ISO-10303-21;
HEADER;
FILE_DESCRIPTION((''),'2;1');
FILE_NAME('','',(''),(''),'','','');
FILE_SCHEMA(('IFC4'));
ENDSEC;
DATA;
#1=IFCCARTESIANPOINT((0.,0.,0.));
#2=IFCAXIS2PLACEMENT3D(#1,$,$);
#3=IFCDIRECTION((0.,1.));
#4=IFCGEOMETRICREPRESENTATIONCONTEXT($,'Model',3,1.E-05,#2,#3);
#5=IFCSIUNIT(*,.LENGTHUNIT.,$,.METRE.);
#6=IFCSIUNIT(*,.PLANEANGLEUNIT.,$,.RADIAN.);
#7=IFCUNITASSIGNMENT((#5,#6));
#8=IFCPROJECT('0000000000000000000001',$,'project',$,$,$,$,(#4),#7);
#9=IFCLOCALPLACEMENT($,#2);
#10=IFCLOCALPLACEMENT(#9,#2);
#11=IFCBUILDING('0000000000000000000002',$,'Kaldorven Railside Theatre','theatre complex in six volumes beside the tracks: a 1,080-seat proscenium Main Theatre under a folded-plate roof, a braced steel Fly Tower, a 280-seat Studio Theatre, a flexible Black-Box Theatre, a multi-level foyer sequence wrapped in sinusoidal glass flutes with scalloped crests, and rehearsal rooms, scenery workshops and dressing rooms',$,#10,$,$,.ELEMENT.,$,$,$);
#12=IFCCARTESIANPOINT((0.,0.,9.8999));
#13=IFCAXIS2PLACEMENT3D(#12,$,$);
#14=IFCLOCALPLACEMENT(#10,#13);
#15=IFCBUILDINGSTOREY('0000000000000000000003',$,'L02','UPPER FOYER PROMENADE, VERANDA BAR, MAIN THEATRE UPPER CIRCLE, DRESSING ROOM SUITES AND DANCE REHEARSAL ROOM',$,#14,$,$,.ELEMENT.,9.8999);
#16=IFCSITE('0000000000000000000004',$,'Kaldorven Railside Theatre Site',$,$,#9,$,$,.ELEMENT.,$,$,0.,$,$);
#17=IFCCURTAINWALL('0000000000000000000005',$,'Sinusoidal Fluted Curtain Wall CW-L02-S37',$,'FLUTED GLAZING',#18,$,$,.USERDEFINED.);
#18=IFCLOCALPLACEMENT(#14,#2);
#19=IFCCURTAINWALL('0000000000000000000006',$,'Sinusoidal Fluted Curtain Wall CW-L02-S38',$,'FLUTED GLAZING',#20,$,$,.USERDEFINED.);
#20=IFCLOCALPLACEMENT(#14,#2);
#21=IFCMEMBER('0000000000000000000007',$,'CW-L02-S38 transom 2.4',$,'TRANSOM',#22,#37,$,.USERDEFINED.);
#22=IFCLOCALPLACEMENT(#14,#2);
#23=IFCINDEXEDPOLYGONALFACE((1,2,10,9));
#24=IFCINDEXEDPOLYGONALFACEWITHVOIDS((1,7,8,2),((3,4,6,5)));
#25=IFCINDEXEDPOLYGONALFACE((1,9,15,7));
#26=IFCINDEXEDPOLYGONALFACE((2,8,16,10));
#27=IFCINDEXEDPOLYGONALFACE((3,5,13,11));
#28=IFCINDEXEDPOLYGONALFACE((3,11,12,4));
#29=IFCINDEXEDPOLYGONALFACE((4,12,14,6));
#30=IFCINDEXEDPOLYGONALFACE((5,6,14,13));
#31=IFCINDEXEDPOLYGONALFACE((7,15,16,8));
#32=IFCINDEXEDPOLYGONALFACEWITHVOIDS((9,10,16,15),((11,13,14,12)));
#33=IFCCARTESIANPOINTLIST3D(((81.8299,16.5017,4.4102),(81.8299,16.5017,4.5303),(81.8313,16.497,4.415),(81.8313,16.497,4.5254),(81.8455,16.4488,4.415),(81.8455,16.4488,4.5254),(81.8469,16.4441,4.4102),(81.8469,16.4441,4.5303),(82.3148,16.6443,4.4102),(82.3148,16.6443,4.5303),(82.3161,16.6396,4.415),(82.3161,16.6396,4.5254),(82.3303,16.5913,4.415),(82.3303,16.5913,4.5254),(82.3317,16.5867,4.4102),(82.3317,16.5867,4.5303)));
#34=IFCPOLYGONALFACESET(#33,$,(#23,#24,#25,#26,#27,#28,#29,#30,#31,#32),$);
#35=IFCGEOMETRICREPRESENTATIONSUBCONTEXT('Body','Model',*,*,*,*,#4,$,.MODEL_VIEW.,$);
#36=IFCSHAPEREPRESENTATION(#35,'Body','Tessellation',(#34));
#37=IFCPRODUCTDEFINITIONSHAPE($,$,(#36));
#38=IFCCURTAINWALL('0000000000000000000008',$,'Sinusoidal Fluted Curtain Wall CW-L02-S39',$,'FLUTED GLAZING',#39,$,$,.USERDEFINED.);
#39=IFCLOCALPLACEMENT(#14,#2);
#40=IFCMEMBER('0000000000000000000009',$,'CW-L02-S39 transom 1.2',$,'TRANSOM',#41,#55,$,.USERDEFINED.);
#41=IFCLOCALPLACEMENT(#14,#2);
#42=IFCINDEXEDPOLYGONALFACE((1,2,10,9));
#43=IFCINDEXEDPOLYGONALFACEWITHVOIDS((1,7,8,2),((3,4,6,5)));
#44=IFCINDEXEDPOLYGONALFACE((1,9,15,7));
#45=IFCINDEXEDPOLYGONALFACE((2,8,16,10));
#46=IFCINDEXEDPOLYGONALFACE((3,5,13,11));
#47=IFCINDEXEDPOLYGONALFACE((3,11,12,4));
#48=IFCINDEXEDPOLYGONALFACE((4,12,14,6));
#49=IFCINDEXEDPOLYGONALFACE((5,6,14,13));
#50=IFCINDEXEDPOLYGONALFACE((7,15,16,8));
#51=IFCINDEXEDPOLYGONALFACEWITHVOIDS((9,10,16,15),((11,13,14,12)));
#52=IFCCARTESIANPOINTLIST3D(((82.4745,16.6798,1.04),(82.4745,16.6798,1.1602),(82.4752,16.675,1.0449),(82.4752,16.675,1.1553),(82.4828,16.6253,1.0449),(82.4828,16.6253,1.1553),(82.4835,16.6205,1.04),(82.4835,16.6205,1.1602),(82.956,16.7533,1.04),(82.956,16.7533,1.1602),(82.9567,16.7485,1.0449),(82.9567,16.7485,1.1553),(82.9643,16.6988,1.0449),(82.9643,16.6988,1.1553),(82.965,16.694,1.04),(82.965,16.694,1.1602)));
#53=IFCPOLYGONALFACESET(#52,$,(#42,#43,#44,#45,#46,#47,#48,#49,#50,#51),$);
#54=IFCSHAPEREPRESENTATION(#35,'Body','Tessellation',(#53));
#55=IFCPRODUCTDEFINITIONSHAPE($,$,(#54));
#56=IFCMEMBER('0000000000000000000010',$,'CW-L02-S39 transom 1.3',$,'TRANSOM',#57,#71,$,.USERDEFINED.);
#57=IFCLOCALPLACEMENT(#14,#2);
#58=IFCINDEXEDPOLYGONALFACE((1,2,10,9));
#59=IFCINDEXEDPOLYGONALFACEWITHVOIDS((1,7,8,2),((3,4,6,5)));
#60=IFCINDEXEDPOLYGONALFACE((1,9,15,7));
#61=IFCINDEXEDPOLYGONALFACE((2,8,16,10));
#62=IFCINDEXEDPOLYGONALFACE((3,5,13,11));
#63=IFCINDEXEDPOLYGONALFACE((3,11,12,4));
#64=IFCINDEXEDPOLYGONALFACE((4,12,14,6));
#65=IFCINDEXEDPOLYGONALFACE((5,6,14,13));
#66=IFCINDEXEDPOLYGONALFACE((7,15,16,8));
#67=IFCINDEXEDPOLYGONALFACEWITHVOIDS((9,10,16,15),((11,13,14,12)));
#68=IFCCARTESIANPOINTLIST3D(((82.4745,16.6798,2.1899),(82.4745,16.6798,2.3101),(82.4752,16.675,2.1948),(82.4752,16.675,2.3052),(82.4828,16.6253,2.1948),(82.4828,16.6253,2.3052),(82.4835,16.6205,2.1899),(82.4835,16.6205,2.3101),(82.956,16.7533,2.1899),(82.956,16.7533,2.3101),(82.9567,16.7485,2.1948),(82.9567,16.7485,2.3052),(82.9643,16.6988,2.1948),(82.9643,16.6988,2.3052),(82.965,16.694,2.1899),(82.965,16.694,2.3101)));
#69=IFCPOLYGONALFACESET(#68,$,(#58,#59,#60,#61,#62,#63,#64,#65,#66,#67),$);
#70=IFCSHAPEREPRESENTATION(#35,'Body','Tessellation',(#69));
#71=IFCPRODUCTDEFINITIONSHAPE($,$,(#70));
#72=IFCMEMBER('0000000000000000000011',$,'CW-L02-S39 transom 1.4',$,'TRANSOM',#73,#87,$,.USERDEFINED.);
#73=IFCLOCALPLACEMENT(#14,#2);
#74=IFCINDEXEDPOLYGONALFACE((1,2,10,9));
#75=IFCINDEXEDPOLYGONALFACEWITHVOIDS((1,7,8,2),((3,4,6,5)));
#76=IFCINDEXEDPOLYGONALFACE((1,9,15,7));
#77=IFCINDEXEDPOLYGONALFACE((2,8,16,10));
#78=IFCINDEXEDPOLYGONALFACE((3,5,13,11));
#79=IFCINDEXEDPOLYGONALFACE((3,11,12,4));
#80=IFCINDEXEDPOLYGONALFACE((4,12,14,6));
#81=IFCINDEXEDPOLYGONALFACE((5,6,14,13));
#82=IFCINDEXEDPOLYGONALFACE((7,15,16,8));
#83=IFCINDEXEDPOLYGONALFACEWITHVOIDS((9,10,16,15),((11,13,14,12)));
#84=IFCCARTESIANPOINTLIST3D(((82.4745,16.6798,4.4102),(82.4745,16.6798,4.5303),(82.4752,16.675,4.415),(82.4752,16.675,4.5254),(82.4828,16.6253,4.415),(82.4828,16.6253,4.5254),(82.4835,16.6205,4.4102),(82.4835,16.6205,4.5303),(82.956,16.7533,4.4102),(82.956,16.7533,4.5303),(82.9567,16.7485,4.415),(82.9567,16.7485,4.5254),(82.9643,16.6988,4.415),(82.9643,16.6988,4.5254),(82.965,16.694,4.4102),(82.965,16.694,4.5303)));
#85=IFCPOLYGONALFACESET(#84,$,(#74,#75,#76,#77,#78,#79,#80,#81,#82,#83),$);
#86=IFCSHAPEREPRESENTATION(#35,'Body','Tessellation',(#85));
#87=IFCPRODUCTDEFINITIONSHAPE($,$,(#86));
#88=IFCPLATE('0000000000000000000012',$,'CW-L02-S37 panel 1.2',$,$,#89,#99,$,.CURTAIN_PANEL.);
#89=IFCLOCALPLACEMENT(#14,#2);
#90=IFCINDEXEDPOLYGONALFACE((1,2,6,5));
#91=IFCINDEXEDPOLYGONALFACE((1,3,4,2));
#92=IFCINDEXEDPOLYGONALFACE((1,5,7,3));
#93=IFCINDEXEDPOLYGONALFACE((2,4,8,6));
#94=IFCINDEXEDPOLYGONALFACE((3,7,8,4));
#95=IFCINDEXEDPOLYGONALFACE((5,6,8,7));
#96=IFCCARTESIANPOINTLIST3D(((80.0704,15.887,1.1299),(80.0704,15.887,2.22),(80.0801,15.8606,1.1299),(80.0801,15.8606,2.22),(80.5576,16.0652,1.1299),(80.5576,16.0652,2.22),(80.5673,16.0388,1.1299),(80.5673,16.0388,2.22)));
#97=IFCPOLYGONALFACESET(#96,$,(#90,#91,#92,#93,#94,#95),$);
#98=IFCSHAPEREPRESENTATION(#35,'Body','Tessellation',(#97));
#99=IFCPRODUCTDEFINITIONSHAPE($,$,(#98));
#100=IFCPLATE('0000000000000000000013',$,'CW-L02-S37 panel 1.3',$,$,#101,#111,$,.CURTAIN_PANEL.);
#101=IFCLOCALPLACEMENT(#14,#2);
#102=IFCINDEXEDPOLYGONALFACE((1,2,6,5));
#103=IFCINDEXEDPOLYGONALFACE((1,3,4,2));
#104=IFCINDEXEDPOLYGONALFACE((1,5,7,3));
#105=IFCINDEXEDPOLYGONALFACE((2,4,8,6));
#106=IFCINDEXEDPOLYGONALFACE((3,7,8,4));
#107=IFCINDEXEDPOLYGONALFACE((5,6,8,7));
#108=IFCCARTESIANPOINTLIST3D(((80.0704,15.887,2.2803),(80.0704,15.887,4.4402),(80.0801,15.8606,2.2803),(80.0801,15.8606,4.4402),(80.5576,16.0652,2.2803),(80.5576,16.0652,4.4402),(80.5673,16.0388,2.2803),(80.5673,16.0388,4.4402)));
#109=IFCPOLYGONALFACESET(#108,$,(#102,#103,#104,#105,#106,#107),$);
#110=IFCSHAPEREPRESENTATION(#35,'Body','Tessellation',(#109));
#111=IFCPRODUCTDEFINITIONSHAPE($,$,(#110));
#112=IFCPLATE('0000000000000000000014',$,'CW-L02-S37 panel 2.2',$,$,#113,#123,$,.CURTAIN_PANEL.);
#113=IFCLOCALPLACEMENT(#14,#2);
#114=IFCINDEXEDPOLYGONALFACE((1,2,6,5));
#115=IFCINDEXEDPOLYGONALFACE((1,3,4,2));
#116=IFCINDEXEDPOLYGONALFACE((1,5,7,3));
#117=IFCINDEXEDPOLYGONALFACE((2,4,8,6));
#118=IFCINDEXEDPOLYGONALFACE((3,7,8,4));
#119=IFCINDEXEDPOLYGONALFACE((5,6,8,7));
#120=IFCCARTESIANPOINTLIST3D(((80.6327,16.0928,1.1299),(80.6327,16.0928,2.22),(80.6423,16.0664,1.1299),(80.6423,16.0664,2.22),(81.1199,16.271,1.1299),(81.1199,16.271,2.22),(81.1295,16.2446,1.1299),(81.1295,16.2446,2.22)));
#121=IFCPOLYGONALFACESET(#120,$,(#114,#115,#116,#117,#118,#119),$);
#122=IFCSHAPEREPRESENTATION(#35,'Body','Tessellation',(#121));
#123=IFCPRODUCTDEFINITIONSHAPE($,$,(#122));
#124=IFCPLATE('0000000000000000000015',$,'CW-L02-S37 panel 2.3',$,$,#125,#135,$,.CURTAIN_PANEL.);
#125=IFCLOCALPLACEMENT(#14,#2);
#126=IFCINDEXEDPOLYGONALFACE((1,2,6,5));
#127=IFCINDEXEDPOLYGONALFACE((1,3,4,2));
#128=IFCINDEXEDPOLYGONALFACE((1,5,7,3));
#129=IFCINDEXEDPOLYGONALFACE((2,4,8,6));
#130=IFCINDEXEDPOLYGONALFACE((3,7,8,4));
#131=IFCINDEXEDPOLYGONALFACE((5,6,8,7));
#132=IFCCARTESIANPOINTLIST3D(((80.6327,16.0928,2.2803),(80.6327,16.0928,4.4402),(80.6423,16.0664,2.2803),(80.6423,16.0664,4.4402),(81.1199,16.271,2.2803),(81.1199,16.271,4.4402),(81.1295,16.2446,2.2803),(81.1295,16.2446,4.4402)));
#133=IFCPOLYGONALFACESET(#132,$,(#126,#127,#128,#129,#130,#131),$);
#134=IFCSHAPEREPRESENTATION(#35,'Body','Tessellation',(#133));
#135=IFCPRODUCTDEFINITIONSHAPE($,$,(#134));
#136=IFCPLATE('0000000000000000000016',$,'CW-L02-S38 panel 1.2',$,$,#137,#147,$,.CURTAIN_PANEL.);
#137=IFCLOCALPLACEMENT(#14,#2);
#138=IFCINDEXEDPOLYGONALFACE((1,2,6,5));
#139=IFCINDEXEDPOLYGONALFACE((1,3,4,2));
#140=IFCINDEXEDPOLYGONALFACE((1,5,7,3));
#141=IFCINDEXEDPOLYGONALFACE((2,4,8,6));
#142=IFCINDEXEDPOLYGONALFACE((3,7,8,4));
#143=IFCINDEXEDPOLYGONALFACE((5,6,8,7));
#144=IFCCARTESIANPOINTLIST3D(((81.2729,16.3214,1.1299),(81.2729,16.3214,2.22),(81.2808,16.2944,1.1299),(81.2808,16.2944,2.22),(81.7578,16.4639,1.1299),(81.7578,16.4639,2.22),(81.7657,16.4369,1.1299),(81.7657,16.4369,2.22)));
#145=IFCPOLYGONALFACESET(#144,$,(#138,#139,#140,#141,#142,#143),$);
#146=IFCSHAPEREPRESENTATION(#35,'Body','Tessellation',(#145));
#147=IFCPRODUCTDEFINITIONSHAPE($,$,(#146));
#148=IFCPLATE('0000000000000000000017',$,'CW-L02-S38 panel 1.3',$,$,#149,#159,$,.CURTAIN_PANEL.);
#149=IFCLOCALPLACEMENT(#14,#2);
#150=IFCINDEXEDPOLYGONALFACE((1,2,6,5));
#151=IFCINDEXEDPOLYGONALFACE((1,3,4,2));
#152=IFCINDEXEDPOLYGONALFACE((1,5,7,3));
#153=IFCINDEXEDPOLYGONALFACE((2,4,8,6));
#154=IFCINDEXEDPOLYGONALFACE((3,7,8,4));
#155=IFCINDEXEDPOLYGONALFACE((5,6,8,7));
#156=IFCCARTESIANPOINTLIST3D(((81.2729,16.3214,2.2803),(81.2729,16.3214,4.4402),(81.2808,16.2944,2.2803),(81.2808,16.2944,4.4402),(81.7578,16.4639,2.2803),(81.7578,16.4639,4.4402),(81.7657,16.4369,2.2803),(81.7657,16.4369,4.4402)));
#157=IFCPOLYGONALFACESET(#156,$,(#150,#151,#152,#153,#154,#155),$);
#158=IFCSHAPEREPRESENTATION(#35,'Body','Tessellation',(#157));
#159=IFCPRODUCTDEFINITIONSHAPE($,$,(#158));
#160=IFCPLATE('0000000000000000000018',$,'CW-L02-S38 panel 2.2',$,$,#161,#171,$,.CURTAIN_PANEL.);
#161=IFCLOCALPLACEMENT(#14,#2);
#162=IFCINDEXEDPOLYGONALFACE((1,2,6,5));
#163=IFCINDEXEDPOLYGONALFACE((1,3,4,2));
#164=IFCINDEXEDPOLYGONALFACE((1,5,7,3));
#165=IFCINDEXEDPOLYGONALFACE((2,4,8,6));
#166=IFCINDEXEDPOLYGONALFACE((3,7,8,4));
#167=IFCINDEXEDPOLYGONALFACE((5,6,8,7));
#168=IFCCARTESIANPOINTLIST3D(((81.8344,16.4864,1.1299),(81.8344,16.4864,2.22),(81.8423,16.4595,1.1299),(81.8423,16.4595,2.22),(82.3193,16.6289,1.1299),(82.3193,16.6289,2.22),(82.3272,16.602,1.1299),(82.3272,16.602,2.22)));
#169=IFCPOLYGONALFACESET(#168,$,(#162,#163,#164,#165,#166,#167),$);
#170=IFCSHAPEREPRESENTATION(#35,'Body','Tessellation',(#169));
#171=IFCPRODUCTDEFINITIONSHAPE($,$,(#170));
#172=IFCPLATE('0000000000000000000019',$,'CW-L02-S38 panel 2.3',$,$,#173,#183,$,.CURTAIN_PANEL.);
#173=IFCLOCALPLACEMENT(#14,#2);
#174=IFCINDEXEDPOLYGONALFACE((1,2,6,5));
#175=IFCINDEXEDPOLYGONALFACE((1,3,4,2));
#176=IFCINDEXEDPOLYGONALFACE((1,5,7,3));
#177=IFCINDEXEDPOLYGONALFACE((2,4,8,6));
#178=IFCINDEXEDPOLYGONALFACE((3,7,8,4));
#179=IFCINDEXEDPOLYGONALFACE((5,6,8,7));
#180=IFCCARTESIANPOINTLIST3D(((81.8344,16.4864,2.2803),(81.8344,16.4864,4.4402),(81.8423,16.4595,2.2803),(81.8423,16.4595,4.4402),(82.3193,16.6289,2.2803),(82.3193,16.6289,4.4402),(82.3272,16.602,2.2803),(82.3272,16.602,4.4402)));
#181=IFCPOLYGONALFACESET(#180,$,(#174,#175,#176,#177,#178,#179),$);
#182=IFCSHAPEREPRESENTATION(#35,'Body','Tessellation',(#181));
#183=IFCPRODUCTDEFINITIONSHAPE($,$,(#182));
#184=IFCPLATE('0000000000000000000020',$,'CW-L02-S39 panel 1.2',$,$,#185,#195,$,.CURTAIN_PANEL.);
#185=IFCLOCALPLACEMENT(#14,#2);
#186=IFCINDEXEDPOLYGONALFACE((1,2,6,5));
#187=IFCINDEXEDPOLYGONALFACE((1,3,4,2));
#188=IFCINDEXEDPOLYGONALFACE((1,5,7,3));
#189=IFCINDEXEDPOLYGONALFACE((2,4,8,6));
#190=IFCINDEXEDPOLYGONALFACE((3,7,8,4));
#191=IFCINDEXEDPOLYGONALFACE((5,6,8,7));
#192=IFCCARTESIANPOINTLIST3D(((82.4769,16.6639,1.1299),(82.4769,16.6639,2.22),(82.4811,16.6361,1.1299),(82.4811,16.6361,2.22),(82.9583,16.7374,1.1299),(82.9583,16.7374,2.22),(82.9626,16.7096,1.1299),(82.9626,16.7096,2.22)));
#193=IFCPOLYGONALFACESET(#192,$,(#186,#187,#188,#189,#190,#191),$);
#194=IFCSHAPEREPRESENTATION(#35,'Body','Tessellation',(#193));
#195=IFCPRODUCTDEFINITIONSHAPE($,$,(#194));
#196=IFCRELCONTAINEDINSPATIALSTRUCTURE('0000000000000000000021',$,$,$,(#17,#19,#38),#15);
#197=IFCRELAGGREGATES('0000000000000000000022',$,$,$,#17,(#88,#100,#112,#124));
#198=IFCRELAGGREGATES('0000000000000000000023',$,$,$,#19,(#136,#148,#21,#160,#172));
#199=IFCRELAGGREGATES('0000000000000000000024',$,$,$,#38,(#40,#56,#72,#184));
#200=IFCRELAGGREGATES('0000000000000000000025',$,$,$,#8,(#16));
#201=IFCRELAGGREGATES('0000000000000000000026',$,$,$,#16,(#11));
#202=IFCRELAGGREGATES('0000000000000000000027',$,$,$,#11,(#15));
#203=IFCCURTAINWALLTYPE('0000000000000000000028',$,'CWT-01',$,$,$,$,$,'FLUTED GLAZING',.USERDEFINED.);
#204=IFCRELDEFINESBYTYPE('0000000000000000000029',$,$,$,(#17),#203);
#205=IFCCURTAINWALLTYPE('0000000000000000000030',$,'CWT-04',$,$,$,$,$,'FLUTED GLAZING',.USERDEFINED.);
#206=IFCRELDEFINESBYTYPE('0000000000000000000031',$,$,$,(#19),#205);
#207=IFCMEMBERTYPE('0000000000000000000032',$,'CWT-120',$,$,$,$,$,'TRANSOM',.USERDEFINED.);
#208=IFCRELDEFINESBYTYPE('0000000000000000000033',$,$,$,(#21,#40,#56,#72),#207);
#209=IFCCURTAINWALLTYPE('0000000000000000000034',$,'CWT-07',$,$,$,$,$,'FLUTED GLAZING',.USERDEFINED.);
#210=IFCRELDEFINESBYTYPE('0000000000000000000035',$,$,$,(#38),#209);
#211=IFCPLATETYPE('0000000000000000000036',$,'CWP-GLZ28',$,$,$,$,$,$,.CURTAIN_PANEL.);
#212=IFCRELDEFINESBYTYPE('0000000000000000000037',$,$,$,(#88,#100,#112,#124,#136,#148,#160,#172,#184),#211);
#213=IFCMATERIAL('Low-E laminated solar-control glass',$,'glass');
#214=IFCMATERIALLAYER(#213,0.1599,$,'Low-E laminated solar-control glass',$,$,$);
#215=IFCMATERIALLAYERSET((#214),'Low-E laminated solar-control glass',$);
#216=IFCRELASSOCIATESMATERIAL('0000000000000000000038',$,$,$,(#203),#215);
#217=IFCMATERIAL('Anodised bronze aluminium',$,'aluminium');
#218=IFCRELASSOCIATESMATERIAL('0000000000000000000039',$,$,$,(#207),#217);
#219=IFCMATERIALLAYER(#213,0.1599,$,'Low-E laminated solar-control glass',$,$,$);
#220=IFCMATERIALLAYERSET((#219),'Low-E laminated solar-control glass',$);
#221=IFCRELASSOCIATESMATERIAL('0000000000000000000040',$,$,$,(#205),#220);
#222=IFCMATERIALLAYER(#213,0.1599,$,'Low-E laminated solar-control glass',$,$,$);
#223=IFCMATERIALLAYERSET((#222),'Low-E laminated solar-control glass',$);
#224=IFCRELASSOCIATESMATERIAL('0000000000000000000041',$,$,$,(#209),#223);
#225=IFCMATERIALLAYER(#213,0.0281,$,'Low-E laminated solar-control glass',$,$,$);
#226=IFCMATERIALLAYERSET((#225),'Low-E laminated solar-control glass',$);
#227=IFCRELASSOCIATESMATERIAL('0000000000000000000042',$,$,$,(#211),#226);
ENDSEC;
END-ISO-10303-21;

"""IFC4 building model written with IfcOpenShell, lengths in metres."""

from ifc_helpers import new_model, si_unit, direction, frame, origin, origin_2d, place, context, subcontext, project, spatial, rectangle, hollow_rectangle, extrude, material, layer, layer_set, material_profile, profile_set, type_object, element, aggregate, save


model = new_model("IFC4")

# Units and contexts
model_context = context("Model", 3, precision=1e-05, world=origin(), true_north=direction((0.0, 1.0)))
body_context = subcontext(model_context, "Body", "Model", "MODEL_VIEW")
ifc_project = project(units=[si_unit("LENGTHUNIT", "METRE"), si_unit("PLANEANGLEUNIT", "RADIAN")], contexts=[model_context])

# Site, building, storey
site_placement = place(None, origin())
site = spatial("IfcSite", under=ifc_project, at=site_placement, Name="Kaldorven Railside Theatre Site", CompositionType="ELEMENT", RefElevation=0.0)
building_placement = place(site_placement, origin())
building = spatial("IfcBuilding", under=site, at=building_placement, Name="Kaldorven Railside Theatre", Description="theatre complex in six volumes beside the tracks: a 1,080-seat proscenium Main Theatre under a folded-plate roof, a braced steel Fly Tower, a 280-seat Studio Theatre, a flexible Black-Box Theatre, a multi-level foyer sequence wrapped in sinusoidal glass flutes with scalloped crests, and rehearsal rooms, scenery workshops and dressing rooms", CompositionType="ELEMENT")
storey_placement = place(building_placement, frame((0.0, 0.0, 9.8999)))
storey = spatial("IfcBuildingStorey", under=building, at=storey_placement, Name="L02", Description="UPPER FOYER PROMENADE, VERANDA BAR, MAIN THEATRE UPPER CIRCLE, DRESSING ROOM SUITES AND DANCE REHEARSAL ROOM", CompositionType="ELEMENT", Elevation=9.8999)

# Curtain walls, members
ifc_material_1 = material(Name="Low-E laminated solar-control glass", Category="glass")
ifc_layer_1 = layer(ifc_material_1, 0.1599, Name="Low-E laminated solar-control glass")
ifc_layer_set_1 = layer_set([ifc_layer_1], Name="Low-E laminated solar-control glass")
curtain_wall_type_1 = type_object("IfcCurtainWallType", Name="CWT-01", ElementType="FLUTED GLAZING", PredefinedType="USERDEFINED", material=ifc_layer_set_1)
curtain_wall_1_placement = place(storey_placement, origin())
curtain_wall_1 = element("IfcCurtainWall", 1, at=curtain_wall_1_placement, inside=storey, type_object=curtain_wall_type_1, Name="Sinusoidal Fluted Curtain Wall CW-L02-S37", ObjectType="FLUTED GLAZING", PredefinedType="USERDEFINED")
ifc_material_2 = material(Name="Anodised bronze aluminium", Category="aluminium")
ifc_material_profile = material_profile(ifc_material_2, hollow_rectangle(XDim=0.0601, YDim=0.1201, WallThickness=0.0049, at=origin_2d()), Name="RHS 120x60x5")
ifc_profile_set = profile_set([ifc_material_profile], Name="Anodised bronze aluminium")
member_type = type_object("IfcMemberType", Name="CWT-120", ElementType="TRANSOM", PredefinedType="USERDEFINED", material=ifc_profile_set)
ifc_layer_2 = layer(ifc_material_1, 0.1599, Name="Low-E laminated solar-control glass")
ifc_layer_set_2 = layer_set([ifc_layer_2], Name="Low-E laminated solar-control glass")
curtain_wall_type_2 = type_object("IfcCurtainWallType", Name="CWT-04", ElementType="FLUTED GLAZING", PredefinedType="USERDEFINED", material=ifc_layer_set_2)
curtain_wall_2_placement = place(storey_placement, origin())
curtain_wall_2 = element("IfcCurtainWall", 2, at=curtain_wall_2_placement, inside=storey, type_object=curtain_wall_type_2, Name="Sinusoidal Fluted Curtain Wall CW-L02-S38", ObjectType="FLUTED GLAZING", PredefinedType="USERDEFINED")
member_1_placement = place(storey_placement, frame((81.8384, 16.4729, 4.4702), z_axis=(0.959381, 0.282114, 0.0), x_axis=(-0.282114, 0.959381, 0.0)))
member_1 = element("IfcMember", 3, at=member_1_placement, type_object=member_type, Name="CW-L02-S38 transom 2.4", ObjectType="TRANSOM", PredefinedType="USERDEFINED", context=body_context, shape_type="SweptSolid", body=[
    extrude(hollow_rectangle(XDim=0.0601, YDim=0.1201, WallThickness=0.0049, at=origin_2d()), origin(), (0.0, 0.0, 1.0), 0.5054),
])
ifc_layer_3 = layer(ifc_material_1, 0.1599, Name="Low-E laminated solar-control glass")
ifc_layer_set_3 = layer_set([ifc_layer_3], Name="Low-E laminated solar-control glass")
curtain_wall_type_3 = type_object("IfcCurtainWallType", Name="CWT-07", ElementType="FLUTED GLAZING", PredefinedType="USERDEFINED", material=ifc_layer_set_3)
curtain_wall_3_placement = place(storey_placement, origin())
curtain_wall_3 = element("IfcCurtainWall", 4, at=curtain_wall_3_placement, inside=storey, type_object=curtain_wall_type_3, Name="Sinusoidal Fluted Curtain Wall CW-L02-S39", ObjectType="FLUTED GLAZING", PredefinedType="USERDEFINED")
member_2_placement = place(storey_placement, frame((82.479, 16.6501, 1.1001), z_axis=(0.988551, 0.150889, 0.0), x_axis=(-0.150889, 0.988551, 0.0)))
member_2 = element("IfcMember", 5, at=member_2_placement, type_object=member_type, Name="CW-L02-S39 transom 1.2", ObjectType="TRANSOM", PredefinedType="USERDEFINED", context=body_context, shape_type="SweptSolid", body=[
    extrude(hollow_rectangle(XDim=0.0601, YDim=0.1201, WallThickness=0.0049, at=origin_2d()), origin(), (0.0, 0.0, 1.0), 0.4871),
])
member_3_placement = place(storey_placement, frame((82.479, 16.6501, 2.25), z_axis=(0.988551, 0.150889, 0.0), x_axis=(-0.150889, 0.988551, 0.0)))
member_3 = element("IfcMember", 6, at=member_3_placement, type_object=member_type, Name="CW-L02-S39 transom 1.3", ObjectType="TRANSOM", PredefinedType="USERDEFINED", context=body_context, shape_type="SweptSolid", body=[
    extrude(hollow_rectangle(XDim=0.0601, YDim=0.1201, WallThickness=0.0049, at=origin_2d()), origin(), (0.0, 0.0, 1.0), 0.4871),
])
member_4_placement = place(storey_placement, frame((82.479, 16.6501, 4.4702), z_axis=(0.988551, 0.150889, 0.0), x_axis=(-0.150889, 0.988551, 0.0)))
member_4 = element("IfcMember", 7, at=member_4_placement, type_object=member_type, Name="CW-L02-S39 transom 1.4", ObjectType="TRANSOM", PredefinedType="USERDEFINED", context=body_context, shape_type="SweptSolid", body=[
    extrude(hollow_rectangle(XDim=0.0601, YDim=0.1201, WallThickness=0.0049, at=origin_2d()), origin(), (0.0, 0.0, 1.0), 0.4871),
])

# Plates
ifc_layer_4 = layer(ifc_material_1, 0.0281, Name="Low-E laminated solar-control glass")
ifc_layer_set_4 = layer_set([ifc_layer_4], Name="Low-E laminated solar-control glass")
plate_type = type_object("IfcPlateType", Name="CWP-GLZ28", PredefinedType="CURTAIN_PANEL", material=ifc_layer_set_4)
plate_1_placement = place(storey_placement, frame((80.3188, 15.9629, 1.1299), z_axis=(0.0, 0.0, 1.0), x_axis=(0.939154, 0.343496, 0.0)))
plate_1 = element("IfcPlate", 8, at=plate_1_placement, type_object=plate_type, Name="CW-L02-S37 panel 1.2", PredefinedType="CURTAIN_PANEL", context=body_context, shape_type="SweptSolid", body=[
    extrude(rectangle(XDim=0.5188, YDim=0.0281, at=origin_2d()), origin(), (0.0, 0.0, 1.0), 1.0901),
])
plate_2_placement = place(storey_placement, frame((80.3188, 15.9629, 2.2803), z_axis=(0.0, 0.0, 1.0), x_axis=(0.939154, 0.343496, 0.0)))
plate_2 = element("IfcPlate", 9, at=plate_2_placement, type_object=plate_type, Name="CW-L02-S37 panel 1.3", PredefinedType="CURTAIN_PANEL", context=body_context, shape_type="SweptSolid", body=[
    extrude(rectangle(XDim=0.5188, YDim=0.0281, at=origin_2d()), origin(), (0.0, 0.0, 1.0), 2.1599),
])
plate_3_placement = place(storey_placement, frame((80.8811, 16.1687, 1.1299), z_axis=(0.0, 0.0, 1.0), x_axis=(0.939154, 0.343496, 0.0)))
plate_3 = element("IfcPlate", 10, at=plate_3_placement, type_object=plate_type, Name="CW-L02-S37 panel 2.2", PredefinedType="CURTAIN_PANEL", context=body_context, shape_type="SweptSolid", body=[
    extrude(rectangle(XDim=0.5188, YDim=0.0281, at=origin_2d()), origin(), (0.0, 0.0, 1.0), 1.0901),
])
plate_4_placement = place(storey_placement, frame((80.8811, 16.1687, 2.2803), z_axis=(0.0, 0.0, 1.0), x_axis=(0.939154, 0.343496, 0.0)))
plate_4 = element("IfcPlate", 11, at=plate_4_placement, type_object=plate_type, Name="CW-L02-S37 panel 2.3", PredefinedType="CURTAIN_PANEL", context=body_context, shape_type="SweptSolid", body=[
    extrude(rectangle(XDim=0.5188, YDim=0.0281, at=origin_2d()), origin(), (0.0, 0.0, 1.0), 2.1599),
])
aggregate(curtain_wall_1, [plate_1, plate_2, plate_3, plate_4])
plate_5_placement = place(storey_placement, frame((81.5193, 16.3792, 1.1299), z_axis=(0.0, 0.0, 1.0), x_axis=(0.959418, 0.281989, 0.0)))
plate_5 = element("IfcPlate", 12, at=plate_5_placement, type_object=plate_type, Name="CW-L02-S38 panel 1.2", PredefinedType="CURTAIN_PANEL", context=body_context, shape_type="SweptSolid", body=[
    extrude(rectangle(XDim=0.5054, YDim=0.0281, at=origin_2d()), origin(), (0.0, 0.0, 1.0), 1.0901),
])
plate_6_placement = place(storey_placement, frame((81.5193, 16.3792, 2.2803), z_axis=(0.0, 0.0, 1.0), x_axis=(0.959418, 0.281989, 0.0)))
plate_6 = element("IfcPlate", 13, at=plate_6_placement, type_object=plate_type, Name="CW-L02-S38 panel 1.3", PredefinedType="CURTAIN_PANEL", context=body_context, shape_type="SweptSolid", body=[
    extrude(rectangle(XDim=0.5054, YDim=0.0281, at=origin_2d()), origin(), (0.0, 0.0, 1.0), 2.1599),
])
plate_7_placement = place(storey_placement, frame((82.0808, 16.5442, 1.1299), z_axis=(0.0, 0.0, 1.0), x_axis=(0.959418, 0.281989, 0.0)))
plate_7 = element("IfcPlate", 14, at=plate_7_placement, type_object=plate_type, Name="CW-L02-S38 panel 2.2", PredefinedType="CURTAIN_PANEL", context=body_context, shape_type="SweptSolid", body=[
    extrude(rectangle(XDim=0.5054, YDim=0.0281, at=origin_2d()), origin(), (0.0, 0.0, 1.0), 1.0901),
])
plate_8_placement = place(storey_placement, frame((82.0808, 16.5442, 2.2803), z_axis=(0.0, 0.0, 1.0), x_axis=(0.959418, 0.281989, 0.0)))
plate_8 = element("IfcPlate", 15, at=plate_8_placement, type_object=plate_type, Name="CW-L02-S38 panel 2.3", PredefinedType="CURTAIN_PANEL", context=body_context, shape_type="SweptSolid", body=[
    extrude(rectangle(XDim=0.5054, YDim=0.0281, at=origin_2d()), origin(), (0.0, 0.0, 1.0), 2.1599),
])
aggregate(curtain_wall_2, [plate_5, plate_6, member_1, plate_7, plate_8])
plate_9_placement = place(storey_placement, frame((82.7197, 16.6868, 1.1299), z_axis=(0.0, 0.0, 1.0), x_axis=(0.988546, 0.150918, 0.0)))
plate_9 = element("IfcPlate", 16, at=plate_9_placement, type_object=plate_type, Name="CW-L02-S39 panel 1.2", PredefinedType="CURTAIN_PANEL", context=body_context, shape_type="SweptSolid", body=[
    extrude(rectangle(XDim=0.4871, YDim=0.0281, at=origin_2d()), origin(), (0.0, 0.0, 1.0), 1.0901),
])
aggregate(curtain_wall_3, [member_2, member_3, member_4, plate_9])

save(model, "model.ifc")
